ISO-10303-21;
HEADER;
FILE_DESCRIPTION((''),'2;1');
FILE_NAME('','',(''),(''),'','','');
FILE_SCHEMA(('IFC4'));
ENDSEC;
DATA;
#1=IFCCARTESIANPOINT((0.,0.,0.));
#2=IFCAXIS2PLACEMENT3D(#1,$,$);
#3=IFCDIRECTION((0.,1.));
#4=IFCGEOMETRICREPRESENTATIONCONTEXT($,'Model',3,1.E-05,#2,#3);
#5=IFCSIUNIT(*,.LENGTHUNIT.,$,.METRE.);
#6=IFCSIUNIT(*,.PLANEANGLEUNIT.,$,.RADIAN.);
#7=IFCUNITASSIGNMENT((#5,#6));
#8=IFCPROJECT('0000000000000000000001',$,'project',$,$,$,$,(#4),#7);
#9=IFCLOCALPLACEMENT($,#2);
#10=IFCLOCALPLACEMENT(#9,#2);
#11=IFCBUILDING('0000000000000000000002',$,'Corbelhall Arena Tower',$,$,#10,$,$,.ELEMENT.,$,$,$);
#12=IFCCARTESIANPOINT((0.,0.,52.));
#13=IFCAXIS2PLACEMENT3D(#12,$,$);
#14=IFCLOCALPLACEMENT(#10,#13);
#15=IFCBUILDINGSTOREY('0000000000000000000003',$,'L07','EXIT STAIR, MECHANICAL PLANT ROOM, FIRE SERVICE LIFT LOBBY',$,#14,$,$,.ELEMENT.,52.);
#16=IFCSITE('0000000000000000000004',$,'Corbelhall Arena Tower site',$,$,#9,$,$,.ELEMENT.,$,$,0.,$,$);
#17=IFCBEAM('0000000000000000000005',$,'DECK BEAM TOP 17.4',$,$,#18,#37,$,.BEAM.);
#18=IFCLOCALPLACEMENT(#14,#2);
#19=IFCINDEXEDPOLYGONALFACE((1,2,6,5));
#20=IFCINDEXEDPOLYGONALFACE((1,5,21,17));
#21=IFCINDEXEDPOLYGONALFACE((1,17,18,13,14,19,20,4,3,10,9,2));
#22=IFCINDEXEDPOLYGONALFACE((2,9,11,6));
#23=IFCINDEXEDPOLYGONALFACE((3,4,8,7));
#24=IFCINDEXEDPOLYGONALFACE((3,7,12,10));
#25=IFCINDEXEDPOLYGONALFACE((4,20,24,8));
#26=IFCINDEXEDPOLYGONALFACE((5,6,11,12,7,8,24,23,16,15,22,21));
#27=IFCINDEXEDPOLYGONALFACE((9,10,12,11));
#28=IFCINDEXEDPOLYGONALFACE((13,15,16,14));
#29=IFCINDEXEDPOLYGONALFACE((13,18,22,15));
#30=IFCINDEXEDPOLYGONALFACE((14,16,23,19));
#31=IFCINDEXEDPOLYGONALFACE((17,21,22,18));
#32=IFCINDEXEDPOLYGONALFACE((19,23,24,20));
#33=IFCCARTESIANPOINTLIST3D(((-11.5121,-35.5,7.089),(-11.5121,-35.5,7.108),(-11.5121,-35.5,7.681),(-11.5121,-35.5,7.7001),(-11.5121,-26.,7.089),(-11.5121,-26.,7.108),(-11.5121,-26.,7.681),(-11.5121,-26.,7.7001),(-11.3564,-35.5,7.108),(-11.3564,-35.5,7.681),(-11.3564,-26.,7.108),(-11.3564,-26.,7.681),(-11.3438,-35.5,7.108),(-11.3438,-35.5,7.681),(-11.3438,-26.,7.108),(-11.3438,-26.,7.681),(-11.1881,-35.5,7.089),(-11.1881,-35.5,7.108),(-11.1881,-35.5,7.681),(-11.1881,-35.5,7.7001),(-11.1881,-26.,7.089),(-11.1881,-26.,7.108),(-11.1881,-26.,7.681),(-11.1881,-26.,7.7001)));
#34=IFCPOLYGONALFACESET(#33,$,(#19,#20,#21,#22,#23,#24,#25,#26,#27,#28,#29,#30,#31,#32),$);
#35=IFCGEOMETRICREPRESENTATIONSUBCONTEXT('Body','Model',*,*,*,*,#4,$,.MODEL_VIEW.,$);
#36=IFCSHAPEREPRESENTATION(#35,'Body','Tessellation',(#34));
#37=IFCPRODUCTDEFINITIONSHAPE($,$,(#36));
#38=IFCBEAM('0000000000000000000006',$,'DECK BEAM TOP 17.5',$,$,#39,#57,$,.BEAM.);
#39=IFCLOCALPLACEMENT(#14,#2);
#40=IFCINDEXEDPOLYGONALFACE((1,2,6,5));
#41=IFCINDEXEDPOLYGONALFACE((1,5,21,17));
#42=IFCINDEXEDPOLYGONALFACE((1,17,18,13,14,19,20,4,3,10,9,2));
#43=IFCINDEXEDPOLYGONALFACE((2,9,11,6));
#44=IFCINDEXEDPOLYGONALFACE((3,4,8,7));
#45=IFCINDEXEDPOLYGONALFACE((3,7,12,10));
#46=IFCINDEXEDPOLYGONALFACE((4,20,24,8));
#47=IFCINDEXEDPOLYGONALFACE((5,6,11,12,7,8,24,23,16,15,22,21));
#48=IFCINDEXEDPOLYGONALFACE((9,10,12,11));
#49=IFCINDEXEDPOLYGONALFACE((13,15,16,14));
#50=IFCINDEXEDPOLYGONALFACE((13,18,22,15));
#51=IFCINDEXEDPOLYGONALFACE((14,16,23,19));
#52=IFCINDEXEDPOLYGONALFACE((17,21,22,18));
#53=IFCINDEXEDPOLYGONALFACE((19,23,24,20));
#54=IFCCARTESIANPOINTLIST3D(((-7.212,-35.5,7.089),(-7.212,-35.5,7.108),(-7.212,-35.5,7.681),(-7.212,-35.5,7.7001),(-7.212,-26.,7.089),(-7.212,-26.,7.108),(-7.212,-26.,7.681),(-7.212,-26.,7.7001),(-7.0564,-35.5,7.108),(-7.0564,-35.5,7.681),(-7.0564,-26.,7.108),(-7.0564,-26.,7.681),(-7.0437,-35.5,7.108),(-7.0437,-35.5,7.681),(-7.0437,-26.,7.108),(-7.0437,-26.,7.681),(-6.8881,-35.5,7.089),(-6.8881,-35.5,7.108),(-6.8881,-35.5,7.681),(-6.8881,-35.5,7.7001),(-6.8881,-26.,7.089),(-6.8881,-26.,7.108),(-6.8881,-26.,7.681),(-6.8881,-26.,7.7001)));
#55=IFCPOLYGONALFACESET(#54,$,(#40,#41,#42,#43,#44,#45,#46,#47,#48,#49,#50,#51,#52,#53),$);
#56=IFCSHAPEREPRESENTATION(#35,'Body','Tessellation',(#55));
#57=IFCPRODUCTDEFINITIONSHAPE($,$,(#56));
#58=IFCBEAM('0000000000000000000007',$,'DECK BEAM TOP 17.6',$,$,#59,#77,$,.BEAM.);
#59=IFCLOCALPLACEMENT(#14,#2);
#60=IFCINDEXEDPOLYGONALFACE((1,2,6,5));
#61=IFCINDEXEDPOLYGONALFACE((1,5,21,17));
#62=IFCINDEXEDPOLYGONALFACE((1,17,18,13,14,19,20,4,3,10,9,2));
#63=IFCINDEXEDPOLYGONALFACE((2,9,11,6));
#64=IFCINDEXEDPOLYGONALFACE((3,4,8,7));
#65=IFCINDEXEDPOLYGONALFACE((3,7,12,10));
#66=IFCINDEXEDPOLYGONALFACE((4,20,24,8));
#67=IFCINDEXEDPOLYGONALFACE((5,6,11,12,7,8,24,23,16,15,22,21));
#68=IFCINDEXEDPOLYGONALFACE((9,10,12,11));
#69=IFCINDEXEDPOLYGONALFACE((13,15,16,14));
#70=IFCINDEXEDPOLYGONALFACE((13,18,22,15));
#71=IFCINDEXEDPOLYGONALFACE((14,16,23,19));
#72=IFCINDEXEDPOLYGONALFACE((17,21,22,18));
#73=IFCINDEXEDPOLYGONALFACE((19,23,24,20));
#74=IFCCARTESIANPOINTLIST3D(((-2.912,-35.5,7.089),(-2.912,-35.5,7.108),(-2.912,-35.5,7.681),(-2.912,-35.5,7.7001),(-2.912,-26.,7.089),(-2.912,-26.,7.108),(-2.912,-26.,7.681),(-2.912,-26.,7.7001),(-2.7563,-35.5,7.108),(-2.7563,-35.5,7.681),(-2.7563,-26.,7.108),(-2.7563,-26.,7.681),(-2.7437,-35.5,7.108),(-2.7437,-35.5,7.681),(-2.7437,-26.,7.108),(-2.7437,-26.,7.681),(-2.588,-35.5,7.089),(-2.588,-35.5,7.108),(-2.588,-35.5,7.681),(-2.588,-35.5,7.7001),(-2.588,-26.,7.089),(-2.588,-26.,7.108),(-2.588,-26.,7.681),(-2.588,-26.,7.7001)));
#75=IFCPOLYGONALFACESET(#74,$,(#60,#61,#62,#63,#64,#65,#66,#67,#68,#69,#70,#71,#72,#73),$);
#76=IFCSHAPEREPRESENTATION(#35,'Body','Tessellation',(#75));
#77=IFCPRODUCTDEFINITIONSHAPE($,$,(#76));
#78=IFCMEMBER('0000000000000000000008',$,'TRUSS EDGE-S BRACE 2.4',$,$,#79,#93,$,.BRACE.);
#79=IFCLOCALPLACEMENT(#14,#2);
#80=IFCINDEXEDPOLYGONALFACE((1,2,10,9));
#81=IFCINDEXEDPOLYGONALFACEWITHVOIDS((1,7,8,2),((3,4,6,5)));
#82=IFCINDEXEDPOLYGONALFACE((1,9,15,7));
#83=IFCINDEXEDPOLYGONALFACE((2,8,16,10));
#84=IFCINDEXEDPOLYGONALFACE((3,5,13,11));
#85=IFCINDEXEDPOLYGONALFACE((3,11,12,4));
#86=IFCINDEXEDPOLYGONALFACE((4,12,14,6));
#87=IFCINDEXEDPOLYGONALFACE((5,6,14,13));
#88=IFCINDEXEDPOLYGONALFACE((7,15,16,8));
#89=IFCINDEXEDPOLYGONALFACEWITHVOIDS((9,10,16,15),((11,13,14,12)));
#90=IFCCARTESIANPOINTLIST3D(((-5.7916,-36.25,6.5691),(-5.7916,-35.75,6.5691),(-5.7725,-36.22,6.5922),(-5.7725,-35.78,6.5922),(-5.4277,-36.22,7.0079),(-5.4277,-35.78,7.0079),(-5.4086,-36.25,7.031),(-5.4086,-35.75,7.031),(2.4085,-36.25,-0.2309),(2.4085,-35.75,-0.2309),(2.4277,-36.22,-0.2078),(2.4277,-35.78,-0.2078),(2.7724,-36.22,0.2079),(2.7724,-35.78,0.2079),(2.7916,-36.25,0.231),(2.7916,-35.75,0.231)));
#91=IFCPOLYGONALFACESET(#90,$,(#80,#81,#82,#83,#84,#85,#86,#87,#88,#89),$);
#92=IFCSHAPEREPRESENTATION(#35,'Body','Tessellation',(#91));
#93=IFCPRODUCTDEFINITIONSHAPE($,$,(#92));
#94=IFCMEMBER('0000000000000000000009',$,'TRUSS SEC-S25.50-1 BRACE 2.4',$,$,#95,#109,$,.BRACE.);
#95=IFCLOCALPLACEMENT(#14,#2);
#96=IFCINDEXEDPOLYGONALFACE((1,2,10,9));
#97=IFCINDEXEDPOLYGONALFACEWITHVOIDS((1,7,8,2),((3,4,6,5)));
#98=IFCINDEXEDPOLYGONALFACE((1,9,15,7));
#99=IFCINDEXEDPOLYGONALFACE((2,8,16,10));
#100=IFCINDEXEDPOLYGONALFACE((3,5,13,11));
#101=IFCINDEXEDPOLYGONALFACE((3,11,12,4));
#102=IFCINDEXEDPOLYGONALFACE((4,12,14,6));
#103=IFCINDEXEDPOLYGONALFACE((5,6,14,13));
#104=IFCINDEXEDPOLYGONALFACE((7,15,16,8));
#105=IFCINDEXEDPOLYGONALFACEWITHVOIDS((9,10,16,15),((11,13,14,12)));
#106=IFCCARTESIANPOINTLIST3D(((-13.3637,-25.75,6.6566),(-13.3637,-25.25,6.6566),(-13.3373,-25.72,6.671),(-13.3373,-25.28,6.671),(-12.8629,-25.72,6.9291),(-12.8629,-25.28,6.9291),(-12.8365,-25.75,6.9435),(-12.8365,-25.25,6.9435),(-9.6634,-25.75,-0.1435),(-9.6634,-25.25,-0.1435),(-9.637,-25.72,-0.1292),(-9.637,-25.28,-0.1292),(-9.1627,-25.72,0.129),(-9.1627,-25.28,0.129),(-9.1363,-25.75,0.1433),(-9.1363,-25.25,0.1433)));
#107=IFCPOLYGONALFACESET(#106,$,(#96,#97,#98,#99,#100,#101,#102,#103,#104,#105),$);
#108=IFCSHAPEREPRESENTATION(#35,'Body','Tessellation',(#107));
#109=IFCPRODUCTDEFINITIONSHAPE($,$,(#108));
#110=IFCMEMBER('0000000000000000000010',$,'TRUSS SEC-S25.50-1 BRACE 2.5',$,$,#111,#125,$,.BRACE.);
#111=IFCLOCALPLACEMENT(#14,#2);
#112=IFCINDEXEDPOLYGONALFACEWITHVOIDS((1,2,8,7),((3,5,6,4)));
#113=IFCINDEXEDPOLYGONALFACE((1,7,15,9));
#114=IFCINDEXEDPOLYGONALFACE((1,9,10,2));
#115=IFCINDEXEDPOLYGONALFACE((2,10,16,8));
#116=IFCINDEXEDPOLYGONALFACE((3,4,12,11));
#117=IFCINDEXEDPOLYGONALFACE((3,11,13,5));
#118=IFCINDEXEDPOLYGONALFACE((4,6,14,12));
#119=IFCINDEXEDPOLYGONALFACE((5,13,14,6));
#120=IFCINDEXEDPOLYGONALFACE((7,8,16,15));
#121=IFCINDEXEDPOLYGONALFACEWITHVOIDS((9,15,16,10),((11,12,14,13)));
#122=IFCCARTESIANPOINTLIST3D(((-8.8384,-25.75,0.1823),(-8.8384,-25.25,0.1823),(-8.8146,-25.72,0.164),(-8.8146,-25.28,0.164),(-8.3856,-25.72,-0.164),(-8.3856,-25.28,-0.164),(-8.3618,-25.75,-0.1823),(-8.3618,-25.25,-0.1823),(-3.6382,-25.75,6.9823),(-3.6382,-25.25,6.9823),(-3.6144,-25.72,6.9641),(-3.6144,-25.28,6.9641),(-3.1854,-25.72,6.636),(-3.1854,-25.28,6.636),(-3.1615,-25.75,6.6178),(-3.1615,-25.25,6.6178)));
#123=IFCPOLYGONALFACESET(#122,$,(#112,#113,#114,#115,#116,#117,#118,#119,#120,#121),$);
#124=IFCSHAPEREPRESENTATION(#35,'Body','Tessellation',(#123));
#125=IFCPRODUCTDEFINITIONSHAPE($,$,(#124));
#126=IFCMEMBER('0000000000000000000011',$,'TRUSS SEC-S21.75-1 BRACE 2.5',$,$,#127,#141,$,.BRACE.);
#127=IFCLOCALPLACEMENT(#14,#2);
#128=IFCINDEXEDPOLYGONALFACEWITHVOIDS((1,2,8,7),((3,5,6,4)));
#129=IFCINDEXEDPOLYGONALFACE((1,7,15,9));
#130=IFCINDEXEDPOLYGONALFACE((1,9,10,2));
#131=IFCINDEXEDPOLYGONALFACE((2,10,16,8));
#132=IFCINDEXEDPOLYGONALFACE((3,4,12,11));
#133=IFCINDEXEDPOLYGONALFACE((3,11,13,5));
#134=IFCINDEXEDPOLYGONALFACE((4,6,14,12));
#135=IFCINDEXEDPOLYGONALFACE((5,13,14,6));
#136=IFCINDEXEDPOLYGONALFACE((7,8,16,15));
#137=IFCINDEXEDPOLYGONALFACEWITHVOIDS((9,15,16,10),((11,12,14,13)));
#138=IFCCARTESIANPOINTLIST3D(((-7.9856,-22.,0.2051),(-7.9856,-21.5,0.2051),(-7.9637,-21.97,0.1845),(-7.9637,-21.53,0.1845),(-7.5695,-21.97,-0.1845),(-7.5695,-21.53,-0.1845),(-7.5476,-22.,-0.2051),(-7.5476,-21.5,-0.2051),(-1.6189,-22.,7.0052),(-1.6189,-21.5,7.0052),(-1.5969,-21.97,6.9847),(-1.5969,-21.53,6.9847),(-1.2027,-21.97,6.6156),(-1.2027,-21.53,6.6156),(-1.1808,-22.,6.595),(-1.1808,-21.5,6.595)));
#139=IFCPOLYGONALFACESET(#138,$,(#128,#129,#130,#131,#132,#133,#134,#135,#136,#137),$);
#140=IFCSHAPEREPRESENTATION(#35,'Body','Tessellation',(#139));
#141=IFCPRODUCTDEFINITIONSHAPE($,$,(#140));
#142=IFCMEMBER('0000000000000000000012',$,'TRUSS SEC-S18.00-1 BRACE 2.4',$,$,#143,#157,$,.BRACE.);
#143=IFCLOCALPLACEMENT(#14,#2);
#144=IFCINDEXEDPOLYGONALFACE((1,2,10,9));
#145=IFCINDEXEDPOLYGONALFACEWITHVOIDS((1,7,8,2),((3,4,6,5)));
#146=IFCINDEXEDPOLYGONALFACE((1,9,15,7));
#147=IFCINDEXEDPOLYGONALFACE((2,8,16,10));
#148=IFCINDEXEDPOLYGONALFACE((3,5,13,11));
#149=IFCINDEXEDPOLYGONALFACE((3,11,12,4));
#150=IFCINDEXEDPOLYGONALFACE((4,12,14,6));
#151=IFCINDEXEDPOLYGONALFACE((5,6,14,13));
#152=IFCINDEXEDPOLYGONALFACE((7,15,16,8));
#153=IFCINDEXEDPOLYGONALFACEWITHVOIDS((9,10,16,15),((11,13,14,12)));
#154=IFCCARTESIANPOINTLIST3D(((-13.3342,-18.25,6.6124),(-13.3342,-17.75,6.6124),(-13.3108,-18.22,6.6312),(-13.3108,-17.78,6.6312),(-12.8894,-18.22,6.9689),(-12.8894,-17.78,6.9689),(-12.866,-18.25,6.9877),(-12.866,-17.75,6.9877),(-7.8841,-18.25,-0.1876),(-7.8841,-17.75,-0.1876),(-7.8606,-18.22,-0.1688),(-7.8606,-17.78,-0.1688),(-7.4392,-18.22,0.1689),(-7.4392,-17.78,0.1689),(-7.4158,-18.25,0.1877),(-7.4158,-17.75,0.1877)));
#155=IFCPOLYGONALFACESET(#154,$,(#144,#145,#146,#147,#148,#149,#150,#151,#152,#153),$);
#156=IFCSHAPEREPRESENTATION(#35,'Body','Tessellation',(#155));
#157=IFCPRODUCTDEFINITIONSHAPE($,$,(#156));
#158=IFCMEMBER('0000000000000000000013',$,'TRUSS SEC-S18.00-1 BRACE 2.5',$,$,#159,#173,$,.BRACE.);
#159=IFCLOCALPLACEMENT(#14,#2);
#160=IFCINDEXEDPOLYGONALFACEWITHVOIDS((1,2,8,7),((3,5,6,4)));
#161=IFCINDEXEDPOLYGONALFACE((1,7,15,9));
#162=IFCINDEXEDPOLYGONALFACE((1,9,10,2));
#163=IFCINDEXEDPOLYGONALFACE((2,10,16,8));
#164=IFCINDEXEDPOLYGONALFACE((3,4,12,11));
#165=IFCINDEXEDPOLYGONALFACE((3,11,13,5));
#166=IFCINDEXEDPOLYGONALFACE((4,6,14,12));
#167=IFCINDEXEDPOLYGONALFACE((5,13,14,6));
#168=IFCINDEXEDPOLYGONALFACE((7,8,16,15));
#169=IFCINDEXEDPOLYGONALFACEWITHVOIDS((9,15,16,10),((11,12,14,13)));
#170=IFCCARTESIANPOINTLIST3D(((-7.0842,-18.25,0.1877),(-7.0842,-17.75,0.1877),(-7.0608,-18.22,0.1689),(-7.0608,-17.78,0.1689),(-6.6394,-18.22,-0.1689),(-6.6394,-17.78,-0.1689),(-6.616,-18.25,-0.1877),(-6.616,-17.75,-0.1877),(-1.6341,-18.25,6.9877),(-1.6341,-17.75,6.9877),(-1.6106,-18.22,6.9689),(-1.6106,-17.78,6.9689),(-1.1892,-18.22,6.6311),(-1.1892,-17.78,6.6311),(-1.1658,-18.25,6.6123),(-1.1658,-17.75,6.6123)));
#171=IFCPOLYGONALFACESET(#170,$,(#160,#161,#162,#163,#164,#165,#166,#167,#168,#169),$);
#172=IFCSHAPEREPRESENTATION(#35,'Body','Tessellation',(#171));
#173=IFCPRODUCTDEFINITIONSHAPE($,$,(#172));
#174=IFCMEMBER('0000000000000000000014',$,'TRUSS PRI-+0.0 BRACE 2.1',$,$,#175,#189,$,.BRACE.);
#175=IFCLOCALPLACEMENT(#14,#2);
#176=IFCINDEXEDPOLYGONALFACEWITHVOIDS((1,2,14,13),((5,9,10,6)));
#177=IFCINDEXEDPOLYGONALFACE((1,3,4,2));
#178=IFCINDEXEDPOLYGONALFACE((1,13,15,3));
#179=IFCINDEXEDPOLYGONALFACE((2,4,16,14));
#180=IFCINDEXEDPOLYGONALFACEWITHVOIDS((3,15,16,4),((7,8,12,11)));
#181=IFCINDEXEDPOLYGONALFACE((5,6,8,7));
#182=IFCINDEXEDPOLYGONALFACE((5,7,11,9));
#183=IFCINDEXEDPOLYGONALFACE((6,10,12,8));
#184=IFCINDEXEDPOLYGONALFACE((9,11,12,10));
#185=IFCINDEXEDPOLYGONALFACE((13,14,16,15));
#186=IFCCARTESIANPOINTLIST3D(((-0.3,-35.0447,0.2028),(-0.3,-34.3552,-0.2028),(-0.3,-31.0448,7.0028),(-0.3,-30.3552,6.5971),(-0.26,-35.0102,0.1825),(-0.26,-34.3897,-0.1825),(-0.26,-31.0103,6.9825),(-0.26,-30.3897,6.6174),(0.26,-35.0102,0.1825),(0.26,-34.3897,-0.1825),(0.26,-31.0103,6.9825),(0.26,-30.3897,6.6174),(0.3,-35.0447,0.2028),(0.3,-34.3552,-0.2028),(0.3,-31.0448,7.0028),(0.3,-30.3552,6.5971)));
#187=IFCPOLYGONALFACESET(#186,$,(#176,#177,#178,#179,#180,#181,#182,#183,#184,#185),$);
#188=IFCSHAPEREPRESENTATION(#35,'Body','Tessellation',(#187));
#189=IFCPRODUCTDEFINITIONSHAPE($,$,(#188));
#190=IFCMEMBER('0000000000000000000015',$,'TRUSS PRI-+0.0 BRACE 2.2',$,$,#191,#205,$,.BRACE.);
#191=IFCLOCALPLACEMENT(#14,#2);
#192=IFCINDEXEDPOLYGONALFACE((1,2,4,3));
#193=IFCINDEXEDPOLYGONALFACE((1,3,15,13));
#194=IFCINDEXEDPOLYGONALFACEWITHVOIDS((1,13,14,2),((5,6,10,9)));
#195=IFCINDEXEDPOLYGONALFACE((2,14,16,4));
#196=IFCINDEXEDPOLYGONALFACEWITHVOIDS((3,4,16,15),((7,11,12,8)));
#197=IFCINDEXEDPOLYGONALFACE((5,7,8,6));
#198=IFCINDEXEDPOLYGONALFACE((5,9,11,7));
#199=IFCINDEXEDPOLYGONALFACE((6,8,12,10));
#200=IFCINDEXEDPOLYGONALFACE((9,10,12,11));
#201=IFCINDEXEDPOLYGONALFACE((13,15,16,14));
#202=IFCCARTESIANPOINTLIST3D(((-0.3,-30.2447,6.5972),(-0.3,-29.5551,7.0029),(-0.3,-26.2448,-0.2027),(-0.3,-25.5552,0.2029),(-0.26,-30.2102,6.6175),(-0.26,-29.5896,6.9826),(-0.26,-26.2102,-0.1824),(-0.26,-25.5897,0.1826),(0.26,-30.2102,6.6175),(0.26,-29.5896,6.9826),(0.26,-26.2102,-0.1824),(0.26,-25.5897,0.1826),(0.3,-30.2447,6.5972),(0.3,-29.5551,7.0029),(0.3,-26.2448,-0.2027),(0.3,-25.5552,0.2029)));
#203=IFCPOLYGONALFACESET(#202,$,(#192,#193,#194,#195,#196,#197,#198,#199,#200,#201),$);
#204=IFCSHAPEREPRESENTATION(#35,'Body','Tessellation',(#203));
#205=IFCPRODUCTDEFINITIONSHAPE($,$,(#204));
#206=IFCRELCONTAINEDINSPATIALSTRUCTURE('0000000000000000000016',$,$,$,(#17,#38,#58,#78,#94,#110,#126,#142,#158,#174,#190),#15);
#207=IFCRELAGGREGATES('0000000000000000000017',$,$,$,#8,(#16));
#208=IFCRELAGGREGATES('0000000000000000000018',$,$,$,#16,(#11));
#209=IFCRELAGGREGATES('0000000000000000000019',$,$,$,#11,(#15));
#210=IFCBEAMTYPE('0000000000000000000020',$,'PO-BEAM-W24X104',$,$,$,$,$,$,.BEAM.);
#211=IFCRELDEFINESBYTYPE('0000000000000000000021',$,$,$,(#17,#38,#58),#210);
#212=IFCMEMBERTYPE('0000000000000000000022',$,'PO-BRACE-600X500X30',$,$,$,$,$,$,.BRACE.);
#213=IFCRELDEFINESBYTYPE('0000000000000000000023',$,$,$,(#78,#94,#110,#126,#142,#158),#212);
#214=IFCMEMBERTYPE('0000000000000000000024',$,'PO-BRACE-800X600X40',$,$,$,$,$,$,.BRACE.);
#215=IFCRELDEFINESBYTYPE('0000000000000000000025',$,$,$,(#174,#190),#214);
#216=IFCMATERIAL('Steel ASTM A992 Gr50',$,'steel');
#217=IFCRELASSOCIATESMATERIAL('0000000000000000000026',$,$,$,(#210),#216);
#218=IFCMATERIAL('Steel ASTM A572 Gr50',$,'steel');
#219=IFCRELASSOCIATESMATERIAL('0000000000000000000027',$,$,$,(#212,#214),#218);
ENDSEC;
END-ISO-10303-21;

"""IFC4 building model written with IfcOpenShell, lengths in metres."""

from ifc_helpers import new_model, si_unit, direction, frame, origin, origin_2d, place, context, subcontext, project, spatial, hollow_rectangle, i_section, extrude, material, material_profile, profile_set, type_object, element, save


model = new_model("IFC4")

# Units and contexts
model_context = context("Model", 3, precision=1e-05, world=origin(), true_north=direction((0.0, 1.0)))
body_context = subcontext(model_context, "Body", "Model", "MODEL_VIEW")
ifc_project = project(units=[si_unit("LENGTHUNIT", "METRE"), si_unit("PLANEANGLEUNIT", "RADIAN")], contexts=[model_context])

# Site, building, storey
site_placement = place(None, origin())
site = spatial("IfcSite", under=ifc_project, at=site_placement, Name="Corbelhall Arena Tower site", CompositionType="ELEMENT", RefElevation=0.0)
building_placement = place(site_placement, origin())
building = spatial("IfcBuilding", under=site, at=building_placement, Name="Corbelhall Arena Tower", CompositionType="ELEMENT")
storey_placement = place(building_placement, frame((0.0, 0.0, 52.0)))
storey = spatial("IfcBuildingStorey", under=building, at=storey_placement, Name="L07", Description="EXIT STAIR, MECHANICAL PLANT ROOM, FIRE SERVICE LIFT LOBBY", CompositionType="ELEMENT", Elevation=52.0)

# Beams
ifc_material_1 = material(Name="Steel ASTM A992 Gr50", Category="steel")
ifc_material_profile_1 = material_profile(ifc_material_1, i_section(OverallWidth=0.324, OverallDepth=0.6111, WebThickness=0.0127, FlangeThickness=0.019, at=origin_2d()))
ifc_profile_set_1 = profile_set([ifc_material_profile_1], Name="Steel ASTM A992 Gr50")
beam_type = type_object("IfcBeamType", Name="PO-BEAM-W24X104", PredefinedType="BEAM", material=ifc_profile_set_1)
for number, where, z_axis, x_axis, name in (
    (1, (-11.3501, -35.5, 7.3945), (0.0, 1.0, 0.0), (-1.0, 0.0, 0.0), "DECK BEAM TOP 17.4"),
    (2, (-7.05, -35.5, 7.3945), (0.0, 1.0, 0.0), (-1.0, 0.0, 0.0), "DECK BEAM TOP 17.5"),
    (3, (-2.75, -35.5, 7.3945), (0.0, 1.0, 0.0), (-1.0, 0.0, 0.0), "DECK BEAM TOP 17.6"),
):
    element("IfcBeam", number, at=place(storey_placement, frame(where, z_axis=z_axis, x_axis=x_axis)), inside=storey, type_object=beam_type, Name=name, PredefinedType="BEAM", context=body_context, shape_type="SweptSolid", body=[
        extrude(i_section(OverallWidth=0.324, OverallDepth=0.6111, WebThickness=0.0127, FlangeThickness=0.019, at=origin_2d()), origin(), (0.0, 0.0, 1.0), 9.5),
    ])

# Members
ifc_material_2 = material(Name="Steel ASTM A572 Gr50", Category="steel")
ifc_material_profile_2 = material_profile(ifc_material_2, hollow_rectangle(XDim=0.5, YDim=0.6001, WallThickness=0.03, at=origin_2d()))
ifc_profile_set_2 = profile_set([ifc_material_profile_2], Name="Steel ASTM A572 Gr50")
member_type_1 = type_object("IfcMemberType", Name="PO-BRACE-600X500X30", PredefinedType="BRACE", material=ifc_profile_set_2)
member_1_placement = place(storey_placement, frame((-5.6001, -36.0, 6.8), z_axis=(0.769763, 0.0, -0.63833), x_axis=(0.0, 1.0, 0.0)))
element("IfcMember", 4, at=member_1_placement, inside=storey, type_object=member_type_1, Name="TRUSS EDGE-S BRACE 2.4", PredefinedType="BRACE", context=body_context, shape_type="SweptSolid", body=[
    extrude(hollow_rectangle(XDim=0.5, YDim=0.6001, WallThickness=0.03, at=origin_2d()), origin(), (0.0, 0.0, 1.0), 10.6528),
])
member_2_placement = place(storey_placement, frame((-13.1001, -25.5, 6.8), z_axis=(0.477964, 0.0, -0.87838), x_axis=(0.0, 1.0, 0.0)))
element("IfcMember", 5, at=member_2_placement, inside=storey, type_object=member_type_1, Name="TRUSS SEC-S25.50-1 BRACE 2.4", PredefinedType="BRACE", context=body_context, shape_type="SweptSolid", body=[
    extrude(hollow_rectangle(XDim=0.5, YDim=0.6001, WallThickness=0.03, at=origin_2d()), origin(), (0.0, 0.0, 1.0), 7.7417),
])
member_3_placement = place(storey_placement, frame((-8.6001, -25.5, 0.0), z_axis=(0.607462, 0.0, 0.794349), x_axis=(0.0, 1.0, 0.0)))
element("IfcMember", 6, at=member_3_placement, inside=storey, type_object=member_type_1, Name="TRUSS SEC-S25.50-1 BRACE 2.5", PredefinedType="BRACE", context=body_context, shape_type="SweptSolid", body=[
    extrude(hollow_rectangle(XDim=0.5, YDim=0.6001, WallThickness=0.03, at=origin_2d()), origin(), (0.0, 0.0, 1.0), 8.5605),
])
member_4_placement = place(storey_placement, frame((-7.7666, -21.75, 0.0), z_axis=(0.683464, 0.0, 0.729984), x_axis=(0.0, 1.0, 0.0)))
element("IfcMember", 7, at=member_4_placement, inside=storey, type_object=member_type_1, Name="TRUSS SEC-S21.75-1 BRACE 2.5", PredefinedType="BRACE", context=body_context, shape_type="SweptSolid", body=[
    extrude(hollow_rectangle(XDim=0.5, YDim=0.6001, WallThickness=0.03, at=origin_2d()), origin(), (0.0, 0.0, 1.0), 9.3154),
])
for number, where, z_axis, x_axis, name in (
    (8, (-13.1001, -18.0, 6.8), (0.625405, 0.0, -0.7803), (0.0, 1.0, 0.0), "TRUSS SEC-S18.00-1 BRACE 2.4"),
    (9, (-6.8501, -18.0, 0.0), (0.625405, 0.0, 0.7803), (0.0, 1.0, 0.0), "TRUSS SEC-S18.00-1 BRACE 2.5"),
):
    element("IfcMember", number, at=place(storey_placement, frame(where, z_axis=z_axis, x_axis=x_axis)), inside=storey, type_object=member_type_1, Name=name, PredefinedType="BRACE", context=body_context, shape_type="SweptSolid", body=[
        extrude(hollow_rectangle(XDim=0.5, YDim=0.6001, WallThickness=0.03, at=origin_2d()), origin(), (0.0, 0.0, 1.0), 8.7146),
    ])
ifc_material_profile_3 = material_profile(ifc_material_2, hollow_rectangle(XDim=0.6001, YDim=0.8, WallThickness=0.04, at=origin_2d()))
ifc_profile_set_3 = profile_set([ifc_material_profile_3], Name="Steel ASTM A572 Gr50")
member_type_2 = type_object("IfcMemberType", Name="PO-BRACE-800X600X40", PredefinedType="BRACE", material=ifc_profile_set_3)
for number, where, z_axis, x_axis, name in (
    (10, (0.0, -34.7, 0.0), (0.0, 0.507017, 0.861936), (-1.0, 0.0, 0.0), "TRUSS PRI-+0.0 BRACE 2.1"),
    (11, (0.0, -29.8999, 6.8), (0.0, 0.507017, -0.861936), (-1.0, 0.0, 0.0), "TRUSS PRI-+0.0 BRACE 2.2"),
):
    element("IfcMember", number, at=place(storey_placement, frame(where, z_axis=z_axis, x_axis=x_axis)), inside=storey, type_object=member_type_2, Name=name, PredefinedType="BRACE", context=body_context, shape_type="SweptSolid", body=[
        extrude(hollow_rectangle(XDim=0.6001, YDim=0.8, WallThickness=0.04, at=origin_2d()), origin(), (0.0, 0.0, 1.0), 7.8892),
    ])

save(model, "model.ifc")
